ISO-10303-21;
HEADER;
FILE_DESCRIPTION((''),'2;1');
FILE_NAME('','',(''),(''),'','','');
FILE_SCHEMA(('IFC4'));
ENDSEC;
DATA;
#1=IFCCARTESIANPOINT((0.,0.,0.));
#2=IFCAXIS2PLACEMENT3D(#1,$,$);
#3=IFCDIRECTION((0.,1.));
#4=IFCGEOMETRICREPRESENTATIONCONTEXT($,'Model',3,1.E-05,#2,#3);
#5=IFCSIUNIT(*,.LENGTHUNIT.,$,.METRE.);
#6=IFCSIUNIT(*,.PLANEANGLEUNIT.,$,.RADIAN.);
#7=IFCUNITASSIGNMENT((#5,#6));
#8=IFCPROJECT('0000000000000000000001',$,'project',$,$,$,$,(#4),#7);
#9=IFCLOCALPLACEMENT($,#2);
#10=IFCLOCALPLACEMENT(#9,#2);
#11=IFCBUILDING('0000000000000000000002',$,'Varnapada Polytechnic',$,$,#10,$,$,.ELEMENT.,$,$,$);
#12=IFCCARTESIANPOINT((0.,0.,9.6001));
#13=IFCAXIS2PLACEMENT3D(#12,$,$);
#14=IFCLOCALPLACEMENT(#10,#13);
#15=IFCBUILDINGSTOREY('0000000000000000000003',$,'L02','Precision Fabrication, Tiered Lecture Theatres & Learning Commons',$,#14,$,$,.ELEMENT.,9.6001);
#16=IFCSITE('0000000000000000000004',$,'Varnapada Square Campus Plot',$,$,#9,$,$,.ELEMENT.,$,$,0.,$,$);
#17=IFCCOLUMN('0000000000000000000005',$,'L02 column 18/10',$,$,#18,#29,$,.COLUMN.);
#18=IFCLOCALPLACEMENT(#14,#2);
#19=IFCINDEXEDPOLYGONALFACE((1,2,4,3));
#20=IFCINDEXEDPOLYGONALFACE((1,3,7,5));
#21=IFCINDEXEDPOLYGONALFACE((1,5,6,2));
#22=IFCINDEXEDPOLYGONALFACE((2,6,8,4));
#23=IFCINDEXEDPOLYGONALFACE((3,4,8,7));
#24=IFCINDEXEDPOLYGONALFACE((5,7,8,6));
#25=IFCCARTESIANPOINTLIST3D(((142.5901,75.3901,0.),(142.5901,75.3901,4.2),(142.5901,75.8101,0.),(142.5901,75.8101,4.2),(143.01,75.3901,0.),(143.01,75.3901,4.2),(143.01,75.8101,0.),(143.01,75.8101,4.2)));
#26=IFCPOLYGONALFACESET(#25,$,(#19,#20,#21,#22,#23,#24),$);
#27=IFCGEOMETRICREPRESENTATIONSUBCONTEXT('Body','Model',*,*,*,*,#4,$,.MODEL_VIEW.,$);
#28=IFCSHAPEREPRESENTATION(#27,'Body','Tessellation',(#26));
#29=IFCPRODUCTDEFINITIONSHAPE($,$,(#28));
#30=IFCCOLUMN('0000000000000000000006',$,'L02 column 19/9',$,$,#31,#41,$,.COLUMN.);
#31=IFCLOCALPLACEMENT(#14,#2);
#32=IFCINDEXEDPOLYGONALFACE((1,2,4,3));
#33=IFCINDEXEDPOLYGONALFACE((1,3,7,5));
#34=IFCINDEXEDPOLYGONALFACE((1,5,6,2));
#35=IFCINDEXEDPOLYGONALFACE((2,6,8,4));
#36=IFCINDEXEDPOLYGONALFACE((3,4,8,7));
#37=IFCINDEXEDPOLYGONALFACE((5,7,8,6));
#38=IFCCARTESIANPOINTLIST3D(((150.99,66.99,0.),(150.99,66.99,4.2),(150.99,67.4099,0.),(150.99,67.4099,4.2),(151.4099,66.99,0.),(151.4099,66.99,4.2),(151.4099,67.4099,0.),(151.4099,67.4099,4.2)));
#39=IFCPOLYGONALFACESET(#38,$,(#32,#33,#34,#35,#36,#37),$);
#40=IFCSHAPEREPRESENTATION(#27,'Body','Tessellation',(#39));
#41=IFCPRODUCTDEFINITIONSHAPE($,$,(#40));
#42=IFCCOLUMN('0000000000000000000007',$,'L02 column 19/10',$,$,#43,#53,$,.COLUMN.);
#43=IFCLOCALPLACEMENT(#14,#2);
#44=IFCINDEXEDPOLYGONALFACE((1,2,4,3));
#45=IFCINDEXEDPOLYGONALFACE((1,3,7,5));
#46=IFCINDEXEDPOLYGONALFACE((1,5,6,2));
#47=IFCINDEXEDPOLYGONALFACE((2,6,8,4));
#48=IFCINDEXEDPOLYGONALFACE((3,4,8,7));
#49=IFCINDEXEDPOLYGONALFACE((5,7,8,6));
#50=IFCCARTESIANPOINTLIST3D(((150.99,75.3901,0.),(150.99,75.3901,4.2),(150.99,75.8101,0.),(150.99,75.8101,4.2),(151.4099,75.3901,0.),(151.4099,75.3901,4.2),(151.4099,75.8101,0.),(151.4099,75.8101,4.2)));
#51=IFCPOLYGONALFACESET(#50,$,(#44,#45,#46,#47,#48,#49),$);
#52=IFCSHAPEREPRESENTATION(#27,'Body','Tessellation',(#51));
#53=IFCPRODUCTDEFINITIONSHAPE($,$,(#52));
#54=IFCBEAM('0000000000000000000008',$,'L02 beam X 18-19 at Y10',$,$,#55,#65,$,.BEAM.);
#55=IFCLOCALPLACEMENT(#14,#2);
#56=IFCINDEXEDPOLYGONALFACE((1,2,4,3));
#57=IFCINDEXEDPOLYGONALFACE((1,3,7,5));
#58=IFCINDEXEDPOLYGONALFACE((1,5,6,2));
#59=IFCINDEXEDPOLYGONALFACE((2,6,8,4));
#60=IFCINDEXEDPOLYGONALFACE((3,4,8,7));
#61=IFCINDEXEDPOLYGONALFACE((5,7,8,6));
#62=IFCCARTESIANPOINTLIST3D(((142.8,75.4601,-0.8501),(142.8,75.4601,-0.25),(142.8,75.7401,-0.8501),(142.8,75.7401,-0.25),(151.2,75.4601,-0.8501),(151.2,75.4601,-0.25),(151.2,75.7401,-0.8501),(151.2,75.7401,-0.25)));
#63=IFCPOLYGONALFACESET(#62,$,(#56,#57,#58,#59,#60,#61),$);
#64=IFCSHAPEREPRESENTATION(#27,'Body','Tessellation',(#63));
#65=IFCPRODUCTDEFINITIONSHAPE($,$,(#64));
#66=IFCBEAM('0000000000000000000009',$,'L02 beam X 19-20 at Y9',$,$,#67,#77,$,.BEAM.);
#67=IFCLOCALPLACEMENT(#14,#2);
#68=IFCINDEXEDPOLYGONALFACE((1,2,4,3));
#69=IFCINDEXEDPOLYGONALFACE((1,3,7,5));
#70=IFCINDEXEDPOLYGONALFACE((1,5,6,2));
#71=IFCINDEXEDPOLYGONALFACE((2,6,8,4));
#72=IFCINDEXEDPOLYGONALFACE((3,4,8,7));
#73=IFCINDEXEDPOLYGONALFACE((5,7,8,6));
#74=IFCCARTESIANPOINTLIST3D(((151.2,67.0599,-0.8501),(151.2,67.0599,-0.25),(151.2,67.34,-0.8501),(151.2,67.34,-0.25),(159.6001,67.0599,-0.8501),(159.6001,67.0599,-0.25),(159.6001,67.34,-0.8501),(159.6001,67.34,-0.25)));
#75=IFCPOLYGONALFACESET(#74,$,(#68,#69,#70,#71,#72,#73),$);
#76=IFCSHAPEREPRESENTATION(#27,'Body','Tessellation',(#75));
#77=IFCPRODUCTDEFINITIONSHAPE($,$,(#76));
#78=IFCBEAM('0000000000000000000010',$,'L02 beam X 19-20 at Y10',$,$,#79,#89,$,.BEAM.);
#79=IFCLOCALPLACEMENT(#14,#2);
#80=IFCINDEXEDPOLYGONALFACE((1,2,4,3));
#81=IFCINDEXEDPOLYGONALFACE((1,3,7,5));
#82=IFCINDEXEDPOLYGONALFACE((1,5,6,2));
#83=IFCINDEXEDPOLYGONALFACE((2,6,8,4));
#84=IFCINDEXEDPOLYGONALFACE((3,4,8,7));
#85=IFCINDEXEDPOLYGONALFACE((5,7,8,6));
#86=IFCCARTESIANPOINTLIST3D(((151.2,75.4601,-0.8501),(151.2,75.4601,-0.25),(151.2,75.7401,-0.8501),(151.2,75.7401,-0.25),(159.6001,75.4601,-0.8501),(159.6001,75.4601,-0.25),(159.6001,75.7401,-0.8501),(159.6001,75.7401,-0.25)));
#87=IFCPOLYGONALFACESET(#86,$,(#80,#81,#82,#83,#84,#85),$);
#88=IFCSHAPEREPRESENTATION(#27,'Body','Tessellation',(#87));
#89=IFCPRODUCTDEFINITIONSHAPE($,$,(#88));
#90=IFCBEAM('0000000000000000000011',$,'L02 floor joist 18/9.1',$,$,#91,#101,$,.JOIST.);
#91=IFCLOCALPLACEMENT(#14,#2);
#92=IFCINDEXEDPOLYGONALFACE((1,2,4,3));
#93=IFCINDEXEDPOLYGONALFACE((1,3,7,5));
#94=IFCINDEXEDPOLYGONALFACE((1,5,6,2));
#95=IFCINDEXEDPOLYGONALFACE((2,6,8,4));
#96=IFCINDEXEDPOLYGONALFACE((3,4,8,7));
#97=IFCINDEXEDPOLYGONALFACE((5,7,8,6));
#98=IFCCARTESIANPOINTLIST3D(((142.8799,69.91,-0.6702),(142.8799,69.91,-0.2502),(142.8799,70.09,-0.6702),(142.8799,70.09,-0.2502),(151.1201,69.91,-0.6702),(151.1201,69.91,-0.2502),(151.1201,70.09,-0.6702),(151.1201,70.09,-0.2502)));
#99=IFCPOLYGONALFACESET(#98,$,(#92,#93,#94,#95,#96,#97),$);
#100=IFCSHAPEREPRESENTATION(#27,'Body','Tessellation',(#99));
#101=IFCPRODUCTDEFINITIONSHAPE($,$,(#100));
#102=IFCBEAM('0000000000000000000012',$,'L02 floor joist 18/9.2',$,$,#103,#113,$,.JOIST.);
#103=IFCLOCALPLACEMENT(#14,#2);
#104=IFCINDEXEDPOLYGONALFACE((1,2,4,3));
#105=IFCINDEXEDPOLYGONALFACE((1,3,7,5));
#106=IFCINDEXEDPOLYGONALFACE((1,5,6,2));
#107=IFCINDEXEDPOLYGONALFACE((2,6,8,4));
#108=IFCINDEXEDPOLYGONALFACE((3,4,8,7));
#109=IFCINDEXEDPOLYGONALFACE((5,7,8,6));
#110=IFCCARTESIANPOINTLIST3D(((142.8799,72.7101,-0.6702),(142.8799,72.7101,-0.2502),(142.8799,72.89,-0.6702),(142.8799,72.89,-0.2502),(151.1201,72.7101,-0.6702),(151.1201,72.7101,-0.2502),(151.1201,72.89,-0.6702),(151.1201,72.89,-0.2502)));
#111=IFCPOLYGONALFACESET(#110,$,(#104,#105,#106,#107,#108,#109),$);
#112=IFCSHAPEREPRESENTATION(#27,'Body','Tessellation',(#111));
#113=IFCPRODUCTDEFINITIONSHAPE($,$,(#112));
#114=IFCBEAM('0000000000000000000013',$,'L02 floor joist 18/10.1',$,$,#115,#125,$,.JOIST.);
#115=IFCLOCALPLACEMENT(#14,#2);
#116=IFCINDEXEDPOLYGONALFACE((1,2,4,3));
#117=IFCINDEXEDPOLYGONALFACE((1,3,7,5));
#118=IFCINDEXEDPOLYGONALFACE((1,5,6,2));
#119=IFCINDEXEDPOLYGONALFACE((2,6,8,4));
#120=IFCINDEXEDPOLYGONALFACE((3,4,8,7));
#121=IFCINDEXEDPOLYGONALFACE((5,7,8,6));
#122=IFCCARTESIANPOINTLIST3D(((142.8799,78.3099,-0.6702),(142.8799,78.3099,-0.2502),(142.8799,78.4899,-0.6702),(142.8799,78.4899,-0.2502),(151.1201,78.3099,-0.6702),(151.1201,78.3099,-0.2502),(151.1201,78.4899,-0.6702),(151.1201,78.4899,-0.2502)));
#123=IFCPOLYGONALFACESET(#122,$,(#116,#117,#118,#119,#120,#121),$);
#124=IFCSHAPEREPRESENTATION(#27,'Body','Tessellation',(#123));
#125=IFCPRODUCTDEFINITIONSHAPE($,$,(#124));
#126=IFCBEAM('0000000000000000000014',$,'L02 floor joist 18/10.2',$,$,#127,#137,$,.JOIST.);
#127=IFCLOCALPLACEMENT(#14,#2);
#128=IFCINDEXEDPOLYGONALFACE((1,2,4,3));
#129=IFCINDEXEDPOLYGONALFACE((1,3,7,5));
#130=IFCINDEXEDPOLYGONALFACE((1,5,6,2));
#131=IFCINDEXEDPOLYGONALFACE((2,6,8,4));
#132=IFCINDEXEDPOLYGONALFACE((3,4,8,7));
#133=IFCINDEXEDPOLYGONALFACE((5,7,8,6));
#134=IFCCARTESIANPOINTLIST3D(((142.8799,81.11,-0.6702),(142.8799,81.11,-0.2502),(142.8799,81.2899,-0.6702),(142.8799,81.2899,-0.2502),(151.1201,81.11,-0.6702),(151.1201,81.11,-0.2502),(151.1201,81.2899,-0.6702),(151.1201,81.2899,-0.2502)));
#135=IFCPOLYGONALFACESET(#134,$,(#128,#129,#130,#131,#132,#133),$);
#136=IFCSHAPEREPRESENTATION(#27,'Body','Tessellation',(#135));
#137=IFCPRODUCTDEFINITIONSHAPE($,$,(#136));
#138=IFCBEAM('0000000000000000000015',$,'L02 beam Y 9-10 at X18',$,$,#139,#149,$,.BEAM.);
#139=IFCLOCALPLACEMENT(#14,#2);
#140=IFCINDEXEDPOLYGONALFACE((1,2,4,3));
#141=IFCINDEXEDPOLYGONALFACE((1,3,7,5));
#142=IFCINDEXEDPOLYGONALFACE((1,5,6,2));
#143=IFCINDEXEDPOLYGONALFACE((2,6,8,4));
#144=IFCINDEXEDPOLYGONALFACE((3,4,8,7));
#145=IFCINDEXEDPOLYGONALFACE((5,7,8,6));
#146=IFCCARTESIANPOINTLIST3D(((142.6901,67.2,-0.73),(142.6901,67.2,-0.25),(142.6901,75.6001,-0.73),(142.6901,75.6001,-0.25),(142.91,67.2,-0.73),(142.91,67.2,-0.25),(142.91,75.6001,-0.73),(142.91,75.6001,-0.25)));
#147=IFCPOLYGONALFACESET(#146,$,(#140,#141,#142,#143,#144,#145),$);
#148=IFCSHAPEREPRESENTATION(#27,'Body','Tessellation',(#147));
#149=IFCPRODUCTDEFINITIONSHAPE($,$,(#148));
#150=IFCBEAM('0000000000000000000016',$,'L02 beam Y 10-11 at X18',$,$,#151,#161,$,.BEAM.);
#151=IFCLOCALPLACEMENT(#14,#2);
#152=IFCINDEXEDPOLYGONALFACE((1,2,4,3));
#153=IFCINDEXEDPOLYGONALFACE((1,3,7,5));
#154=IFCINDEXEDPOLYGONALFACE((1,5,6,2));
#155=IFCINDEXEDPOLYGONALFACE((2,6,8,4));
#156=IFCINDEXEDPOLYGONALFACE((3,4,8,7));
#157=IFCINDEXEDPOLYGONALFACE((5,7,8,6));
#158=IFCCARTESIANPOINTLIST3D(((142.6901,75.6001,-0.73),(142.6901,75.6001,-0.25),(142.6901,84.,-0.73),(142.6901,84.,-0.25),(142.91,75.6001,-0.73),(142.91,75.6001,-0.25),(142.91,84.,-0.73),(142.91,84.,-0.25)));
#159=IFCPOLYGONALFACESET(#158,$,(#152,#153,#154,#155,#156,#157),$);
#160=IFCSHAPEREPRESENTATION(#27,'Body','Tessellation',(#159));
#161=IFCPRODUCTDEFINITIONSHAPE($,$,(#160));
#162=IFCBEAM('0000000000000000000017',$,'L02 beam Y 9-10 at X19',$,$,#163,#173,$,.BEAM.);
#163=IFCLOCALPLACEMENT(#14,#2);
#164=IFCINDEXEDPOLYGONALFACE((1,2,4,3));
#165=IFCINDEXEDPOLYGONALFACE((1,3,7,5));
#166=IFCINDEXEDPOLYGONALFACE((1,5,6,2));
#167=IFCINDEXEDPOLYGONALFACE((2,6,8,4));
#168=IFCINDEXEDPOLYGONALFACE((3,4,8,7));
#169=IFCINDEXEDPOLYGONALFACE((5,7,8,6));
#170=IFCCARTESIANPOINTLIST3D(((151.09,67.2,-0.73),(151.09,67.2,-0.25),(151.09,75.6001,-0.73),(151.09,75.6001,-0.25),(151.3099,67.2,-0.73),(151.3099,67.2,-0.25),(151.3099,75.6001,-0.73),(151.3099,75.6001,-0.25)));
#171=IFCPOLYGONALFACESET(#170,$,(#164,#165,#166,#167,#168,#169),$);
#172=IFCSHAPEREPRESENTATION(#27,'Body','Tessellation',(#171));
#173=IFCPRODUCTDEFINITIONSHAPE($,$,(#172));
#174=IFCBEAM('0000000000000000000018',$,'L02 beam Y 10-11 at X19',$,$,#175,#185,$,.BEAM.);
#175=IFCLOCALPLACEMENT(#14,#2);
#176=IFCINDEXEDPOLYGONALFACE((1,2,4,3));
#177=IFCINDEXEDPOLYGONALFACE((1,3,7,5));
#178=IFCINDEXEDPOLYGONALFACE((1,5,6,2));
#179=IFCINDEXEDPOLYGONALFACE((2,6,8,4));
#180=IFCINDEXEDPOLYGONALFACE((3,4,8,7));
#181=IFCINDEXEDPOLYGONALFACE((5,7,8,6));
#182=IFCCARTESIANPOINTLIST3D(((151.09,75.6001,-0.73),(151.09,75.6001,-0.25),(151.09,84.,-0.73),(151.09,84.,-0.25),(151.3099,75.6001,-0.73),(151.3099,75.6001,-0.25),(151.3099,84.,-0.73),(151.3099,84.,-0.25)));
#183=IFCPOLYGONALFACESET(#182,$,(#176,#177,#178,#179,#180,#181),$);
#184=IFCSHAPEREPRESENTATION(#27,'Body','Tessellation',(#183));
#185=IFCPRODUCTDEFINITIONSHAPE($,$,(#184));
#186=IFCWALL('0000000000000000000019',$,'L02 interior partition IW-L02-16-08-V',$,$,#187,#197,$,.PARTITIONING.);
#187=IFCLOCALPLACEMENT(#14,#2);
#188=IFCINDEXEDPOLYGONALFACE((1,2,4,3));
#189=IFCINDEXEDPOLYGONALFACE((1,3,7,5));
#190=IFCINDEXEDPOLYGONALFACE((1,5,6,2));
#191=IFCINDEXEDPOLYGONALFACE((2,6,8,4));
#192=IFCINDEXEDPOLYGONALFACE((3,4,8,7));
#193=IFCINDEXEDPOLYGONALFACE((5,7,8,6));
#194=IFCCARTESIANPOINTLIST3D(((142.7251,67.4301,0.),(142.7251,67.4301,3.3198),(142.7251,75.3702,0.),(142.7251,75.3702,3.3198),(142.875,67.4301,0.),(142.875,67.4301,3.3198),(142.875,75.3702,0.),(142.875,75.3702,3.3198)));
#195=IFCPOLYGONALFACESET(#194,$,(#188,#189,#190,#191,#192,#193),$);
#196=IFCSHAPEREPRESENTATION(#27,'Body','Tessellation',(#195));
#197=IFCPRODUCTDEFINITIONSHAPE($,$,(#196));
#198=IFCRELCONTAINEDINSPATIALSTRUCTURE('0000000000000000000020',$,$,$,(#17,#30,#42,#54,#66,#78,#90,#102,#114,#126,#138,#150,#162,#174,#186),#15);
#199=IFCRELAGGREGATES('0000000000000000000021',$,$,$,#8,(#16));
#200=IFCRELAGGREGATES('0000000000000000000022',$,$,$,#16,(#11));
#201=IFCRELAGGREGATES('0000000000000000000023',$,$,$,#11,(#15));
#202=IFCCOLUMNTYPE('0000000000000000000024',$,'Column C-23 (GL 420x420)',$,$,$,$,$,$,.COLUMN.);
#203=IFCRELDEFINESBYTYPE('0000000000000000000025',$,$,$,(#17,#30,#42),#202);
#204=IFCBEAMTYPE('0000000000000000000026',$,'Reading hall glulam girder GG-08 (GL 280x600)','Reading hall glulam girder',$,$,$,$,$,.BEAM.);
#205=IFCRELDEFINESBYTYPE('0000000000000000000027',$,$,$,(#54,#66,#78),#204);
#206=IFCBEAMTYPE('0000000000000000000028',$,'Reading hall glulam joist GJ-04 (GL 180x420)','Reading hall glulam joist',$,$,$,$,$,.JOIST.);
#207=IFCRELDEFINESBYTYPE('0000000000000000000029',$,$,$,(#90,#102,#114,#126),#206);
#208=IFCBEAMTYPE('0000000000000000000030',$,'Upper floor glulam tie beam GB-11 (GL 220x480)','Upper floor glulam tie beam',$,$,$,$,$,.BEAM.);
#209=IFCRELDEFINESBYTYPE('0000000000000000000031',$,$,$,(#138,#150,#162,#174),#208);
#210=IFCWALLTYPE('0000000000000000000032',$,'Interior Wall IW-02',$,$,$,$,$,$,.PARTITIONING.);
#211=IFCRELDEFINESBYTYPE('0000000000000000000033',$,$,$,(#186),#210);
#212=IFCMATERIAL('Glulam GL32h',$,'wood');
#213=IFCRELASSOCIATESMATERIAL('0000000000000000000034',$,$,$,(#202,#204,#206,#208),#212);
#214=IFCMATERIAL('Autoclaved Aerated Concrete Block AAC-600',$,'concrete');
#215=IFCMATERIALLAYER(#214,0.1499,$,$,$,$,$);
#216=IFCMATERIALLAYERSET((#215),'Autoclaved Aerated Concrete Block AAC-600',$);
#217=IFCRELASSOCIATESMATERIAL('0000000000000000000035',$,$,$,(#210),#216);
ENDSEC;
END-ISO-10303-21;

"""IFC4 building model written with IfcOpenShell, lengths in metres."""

from ifc_helpers import new_model, si_unit, direction, frame, frame_2d, origin, origin_2d, place, context, subcontext, project, spatial, rectangle, extrude, material, layer, layer_set, material_profile, profile_set, type_object, element, save


model = new_model("IFC4")

# Units and contexts
model_context = context("Model", 3, precision=1e-05, world=origin(), true_north=direction((0.0, 1.0)))
body_context = subcontext(model_context, "Body", "Model", "MODEL_VIEW")
ifc_project = project(units=[si_unit("LENGTHUNIT", "METRE"), si_unit("PLANEANGLEUNIT", "RADIAN")], contexts=[model_context])

# Site, building, storey
site_placement = place(None, origin())
site = spatial("IfcSite", under=ifc_project, at=site_placement, Name="Varnapada Square Campus Plot", CompositionType="ELEMENT", RefElevation=0.0)
building_placement = place(site_placement, origin())
building = spatial("IfcBuilding", under=site, at=building_placement, Name="Varnapada Polytechnic", CompositionType="ELEMENT")
storey_placement = place(building_placement, frame((0.0, 0.0, 9.6001)))
storey = spatial("IfcBuildingStorey", under=building, at=storey_placement, Name="L02", Description="Precision Fabrication, Tiered Lecture Theatres & Learning Commons", CompositionType="ELEMENT", Elevation=9.6001)

# Columns
ifc_material_1 = material(Name="Glulam GL32h", Category="wood")
ifc_material_profile_1 = material_profile(ifc_material_1, rectangle(XDim=0.4199, YDim=0.4199, at=origin_2d()), Name="GL 420x420")
ifc_profile_set_1 = profile_set([ifc_material_profile_1], Name="Glulam GL32h")
column_type = type_object("IfcColumnType", Name="Column C-23 (GL 420x420)", PredefinedType="COLUMN", material=ifc_profile_set_1)
for number, where, z_axis, x_axis, name in (
    (1, (142.8, 75.6001, 0.0), (0.0, 0.0, 1.0), (1.0, 0.0, 0.0), "L02 column 18/10"),
    (2, (151.2, 67.2, 0.0), (0.0, 0.0, 1.0), (1.0, 0.0, 0.0), "L02 column 19/9"),
    (3, (151.2, 75.6001, 0.0), (0.0, 0.0, 1.0), (1.0, 0.0, 0.0), "L02 column 19/10"),
):
    element("IfcColumn", number, at=place(storey_placement, frame(where, z_axis=z_axis, x_axis=x_axis)), inside=storey, type_object=column_type, Name=name, PredefinedType="COLUMN", context=body_context, shape_type="SweptSolid", body=[
        extrude(rectangle(XDim=0.4199, YDim=0.4199, at=origin_2d()), origin(), (0.0, 0.0, 1.0), 4.2),
    ])

# Beams
ifc_material_profile_2 = material_profile(ifc_material_1, rectangle(XDim=0.28, YDim=0.6001, at=origin_2d()), Name="GL 280x600")
ifc_profile_set_2 = profile_set([ifc_material_profile_2], Name="Glulam GL32h")
beam_type_1 = type_object("IfcBeamType", Name="Reading hall glulam girder GG-08 (GL 280x600)", Description="Reading hall glulam girder", PredefinedType="BEAM", material=ifc_profile_set_2)
beam_1_placement = place(storey_placement, frame((142.8, 75.6001, -0.55), z_axis=(1.0, 0.0, 0.0), x_axis=(0.0, 1.0, 0.0)))
element("IfcBeam", 4, at=beam_1_placement, inside=storey, type_object=beam_type_1, Name="L02 beam X 18-19 at Y10", PredefinedType="BEAM", context=body_context, shape_type="SweptSolid", body=[
    extrude(rectangle(XDim=0.28, YDim=0.6001, at=origin_2d()), origin(), (0.0, 0.0, 1.0), 8.3999),
])
for number, where, z_axis, x_axis, name in (
    (5, (151.2, 67.2, -0.55), (1.0, 0.0, 0.0), (0.0, 1.0, 0.0), "L02 beam X 19-20 at Y9"),
    (6, (151.2, 75.6001, -0.55), (1.0, 0.0, 0.0), (0.0, 1.0, 0.0), "L02 beam X 19-20 at Y10"),
):
    element("IfcBeam", number, at=place(storey_placement, frame(where, z_axis=z_axis, x_axis=x_axis)), inside=storey, type_object=beam_type_1, Name=name, PredefinedType="BEAM", context=body_context, shape_type="SweptSolid", body=[
        extrude(rectangle(XDim=0.28, YDim=0.6001, at=origin_2d()), origin(), (0.0, 0.0, 1.0), 8.4001),
    ])
ifc_material_profile_3 = material_profile(ifc_material_1, rectangle(XDim=0.1799, YDim=0.4199, at=origin_2d()), Name="GL 180x420")
ifc_profile_set_3 = profile_set([ifc_material_profile_3], Name="Glulam GL32h")
beam_type_2 = type_object("IfcBeamType", Name="Reading hall glulam joist GJ-04 (GL 180x420)", Description="Reading hall glulam joist", PredefinedType="JOIST", material=ifc_profile_set_3)
for number, where, z_axis, x_axis, name in (
    (7, (142.8799, 70.0, -0.4602), (1.0, 0.0, 0.0), (0.0, 1.0, 0.0), "L02 floor joist 18/9.1"),
    (8, (142.8799, 72.8, -0.4602), (1.0, 0.0, 0.0), (0.0, 1.0, 0.0), "L02 floor joist 18/9.2"),
    (9, (142.8799, 78.3999, -0.4602), (1.0, 0.0, 0.0), (0.0, 1.0, 0.0), "L02 floor joist 18/10.1"),
    (10, (142.8799, 81.2, -0.4602), (1.0, 0.0, 0.0), (0.0, 1.0, 0.0), "L02 floor joist 18/10.2"),
):
    element("IfcBeam", number, at=place(storey_placement, frame(where, z_axis=z_axis, x_axis=x_axis)), inside=storey, type_object=beam_type_2, Name=name, PredefinedType="JOIST", context=body_context, shape_type="SweptSolid", body=[
        extrude(rectangle(XDim=0.1799, YDim=0.4199, at=origin_2d()), origin(), (0.0, 0.0, 1.0), 8.2402),
    ])
ifc_material_profile_4 = material_profile(ifc_material_1, rectangle(XDim=0.22, YDim=0.48, at=origin_2d()), Name="GL 220x480")
ifc_profile_set_4 = profile_set([ifc_material_profile_4], Name="Glulam GL32h")
beam_type_3 = type_object("IfcBeamType", Name="Upper floor glulam tie beam GB-11 (GL 220x480)", Description="Upper floor glulam tie beam", PredefinedType="BEAM", material=ifc_profile_set_4)
beam_2_placement = place(storey_placement, frame((142.8, 67.2, -0.49), z_axis=(0.0, 1.0, 0.0), x_axis=(-1.0, 0.0, 0.0)))
element("IfcBeam", 11, at=beam_2_placement, inside=storey, type_object=beam_type_3, Name="L02 beam Y 9-10 at X18", PredefinedType="BEAM", context=body_context, shape_type="SweptSolid", body=[
    extrude(rectangle(XDim=0.22, YDim=0.48, at=origin_2d()), origin(), (0.0, 0.0, 1.0), 8.4001),
])
beam_3_placement = place(storey_placement, frame((142.8, 75.6001, -0.49), z_axis=(0.0, 1.0, 0.0), x_axis=(-1.0, 0.0, 0.0)))
element("IfcBeam", 12, at=beam_3_placement, inside=storey, type_object=beam_type_3, Name="L02 beam Y 10-11 at X18", PredefinedType="BEAM", context=body_context, shape_type="SweptSolid", body=[
    extrude(rectangle(XDim=0.22, YDim=0.48, at=origin_2d()), origin(), (0.0, 0.0, 1.0), 8.3999),
])
beam_4_placement = place(storey_placement, frame((151.2, 67.2, -0.49), z_axis=(0.0, 1.0, 0.0), x_axis=(-1.0, 0.0, 0.0)))
element("IfcBeam", 13, at=beam_4_placement, inside=storey, type_object=beam_type_3, Name="L02 beam Y 9-10 at X19", PredefinedType="BEAM", context=body_context, shape_type="SweptSolid", body=[
    extrude(rectangle(XDim=0.22, YDim=0.48, at=origin_2d()), origin(), (0.0, 0.0, 1.0), 8.4001),
])
beam_5_placement = place(storey_placement, frame((151.2, 75.6001, -0.49), z_axis=(0.0, 1.0, 0.0), x_axis=(-1.0, 0.0, 0.0)))
element("IfcBeam", 14, at=beam_5_placement, inside=storey, type_object=beam_type_3, Name="L02 beam Y 10-11 at X19", PredefinedType="BEAM", context=body_context, shape_type="SweptSolid", body=[
    extrude(rectangle(XDim=0.22, YDim=0.48, at=origin_2d()), origin(), (0.0, 0.0, 1.0), 8.3999),
])

# Wall
ifc_material_2 = material(Name="Autoclaved Aerated Concrete Block AAC-600", Category="concrete")
ifc_layer_1 = layer(ifc_material_2, 0.1499)
ifc_layer_set_1 = layer_set([ifc_layer_1], Name="Autoclaved Aerated Concrete Block AAC-600")
wall_type_1 = type_object("IfcWallType", Name="Interior Wall IW-02", PredefinedType="PARTITIONING", material=ifc_layer_set_1)
wall_1_placement = place(storey_placement, frame((142.8, 67.4299, 0.0), z_axis=(0.0, 0.0, 1.0), x_axis=(0.0, 1.0, 0.0)))
element("IfcWall", 15, at=wall_1_placement, inside=storey, type_object=wall_type_1, Name="L02 interior partition IW-L02-16-08-V", PredefinedType="PARTITIONING", context=body_context, shape_type="SweptSolid", body=[
    extrude(rectangle(XDim=7.9402, YDim=0.1499, at=frame_2d((3.9702, 0.0))), origin(), (0.0, 0.0, 1.0), 3.3198),
])

save(model, "model.ifc")
